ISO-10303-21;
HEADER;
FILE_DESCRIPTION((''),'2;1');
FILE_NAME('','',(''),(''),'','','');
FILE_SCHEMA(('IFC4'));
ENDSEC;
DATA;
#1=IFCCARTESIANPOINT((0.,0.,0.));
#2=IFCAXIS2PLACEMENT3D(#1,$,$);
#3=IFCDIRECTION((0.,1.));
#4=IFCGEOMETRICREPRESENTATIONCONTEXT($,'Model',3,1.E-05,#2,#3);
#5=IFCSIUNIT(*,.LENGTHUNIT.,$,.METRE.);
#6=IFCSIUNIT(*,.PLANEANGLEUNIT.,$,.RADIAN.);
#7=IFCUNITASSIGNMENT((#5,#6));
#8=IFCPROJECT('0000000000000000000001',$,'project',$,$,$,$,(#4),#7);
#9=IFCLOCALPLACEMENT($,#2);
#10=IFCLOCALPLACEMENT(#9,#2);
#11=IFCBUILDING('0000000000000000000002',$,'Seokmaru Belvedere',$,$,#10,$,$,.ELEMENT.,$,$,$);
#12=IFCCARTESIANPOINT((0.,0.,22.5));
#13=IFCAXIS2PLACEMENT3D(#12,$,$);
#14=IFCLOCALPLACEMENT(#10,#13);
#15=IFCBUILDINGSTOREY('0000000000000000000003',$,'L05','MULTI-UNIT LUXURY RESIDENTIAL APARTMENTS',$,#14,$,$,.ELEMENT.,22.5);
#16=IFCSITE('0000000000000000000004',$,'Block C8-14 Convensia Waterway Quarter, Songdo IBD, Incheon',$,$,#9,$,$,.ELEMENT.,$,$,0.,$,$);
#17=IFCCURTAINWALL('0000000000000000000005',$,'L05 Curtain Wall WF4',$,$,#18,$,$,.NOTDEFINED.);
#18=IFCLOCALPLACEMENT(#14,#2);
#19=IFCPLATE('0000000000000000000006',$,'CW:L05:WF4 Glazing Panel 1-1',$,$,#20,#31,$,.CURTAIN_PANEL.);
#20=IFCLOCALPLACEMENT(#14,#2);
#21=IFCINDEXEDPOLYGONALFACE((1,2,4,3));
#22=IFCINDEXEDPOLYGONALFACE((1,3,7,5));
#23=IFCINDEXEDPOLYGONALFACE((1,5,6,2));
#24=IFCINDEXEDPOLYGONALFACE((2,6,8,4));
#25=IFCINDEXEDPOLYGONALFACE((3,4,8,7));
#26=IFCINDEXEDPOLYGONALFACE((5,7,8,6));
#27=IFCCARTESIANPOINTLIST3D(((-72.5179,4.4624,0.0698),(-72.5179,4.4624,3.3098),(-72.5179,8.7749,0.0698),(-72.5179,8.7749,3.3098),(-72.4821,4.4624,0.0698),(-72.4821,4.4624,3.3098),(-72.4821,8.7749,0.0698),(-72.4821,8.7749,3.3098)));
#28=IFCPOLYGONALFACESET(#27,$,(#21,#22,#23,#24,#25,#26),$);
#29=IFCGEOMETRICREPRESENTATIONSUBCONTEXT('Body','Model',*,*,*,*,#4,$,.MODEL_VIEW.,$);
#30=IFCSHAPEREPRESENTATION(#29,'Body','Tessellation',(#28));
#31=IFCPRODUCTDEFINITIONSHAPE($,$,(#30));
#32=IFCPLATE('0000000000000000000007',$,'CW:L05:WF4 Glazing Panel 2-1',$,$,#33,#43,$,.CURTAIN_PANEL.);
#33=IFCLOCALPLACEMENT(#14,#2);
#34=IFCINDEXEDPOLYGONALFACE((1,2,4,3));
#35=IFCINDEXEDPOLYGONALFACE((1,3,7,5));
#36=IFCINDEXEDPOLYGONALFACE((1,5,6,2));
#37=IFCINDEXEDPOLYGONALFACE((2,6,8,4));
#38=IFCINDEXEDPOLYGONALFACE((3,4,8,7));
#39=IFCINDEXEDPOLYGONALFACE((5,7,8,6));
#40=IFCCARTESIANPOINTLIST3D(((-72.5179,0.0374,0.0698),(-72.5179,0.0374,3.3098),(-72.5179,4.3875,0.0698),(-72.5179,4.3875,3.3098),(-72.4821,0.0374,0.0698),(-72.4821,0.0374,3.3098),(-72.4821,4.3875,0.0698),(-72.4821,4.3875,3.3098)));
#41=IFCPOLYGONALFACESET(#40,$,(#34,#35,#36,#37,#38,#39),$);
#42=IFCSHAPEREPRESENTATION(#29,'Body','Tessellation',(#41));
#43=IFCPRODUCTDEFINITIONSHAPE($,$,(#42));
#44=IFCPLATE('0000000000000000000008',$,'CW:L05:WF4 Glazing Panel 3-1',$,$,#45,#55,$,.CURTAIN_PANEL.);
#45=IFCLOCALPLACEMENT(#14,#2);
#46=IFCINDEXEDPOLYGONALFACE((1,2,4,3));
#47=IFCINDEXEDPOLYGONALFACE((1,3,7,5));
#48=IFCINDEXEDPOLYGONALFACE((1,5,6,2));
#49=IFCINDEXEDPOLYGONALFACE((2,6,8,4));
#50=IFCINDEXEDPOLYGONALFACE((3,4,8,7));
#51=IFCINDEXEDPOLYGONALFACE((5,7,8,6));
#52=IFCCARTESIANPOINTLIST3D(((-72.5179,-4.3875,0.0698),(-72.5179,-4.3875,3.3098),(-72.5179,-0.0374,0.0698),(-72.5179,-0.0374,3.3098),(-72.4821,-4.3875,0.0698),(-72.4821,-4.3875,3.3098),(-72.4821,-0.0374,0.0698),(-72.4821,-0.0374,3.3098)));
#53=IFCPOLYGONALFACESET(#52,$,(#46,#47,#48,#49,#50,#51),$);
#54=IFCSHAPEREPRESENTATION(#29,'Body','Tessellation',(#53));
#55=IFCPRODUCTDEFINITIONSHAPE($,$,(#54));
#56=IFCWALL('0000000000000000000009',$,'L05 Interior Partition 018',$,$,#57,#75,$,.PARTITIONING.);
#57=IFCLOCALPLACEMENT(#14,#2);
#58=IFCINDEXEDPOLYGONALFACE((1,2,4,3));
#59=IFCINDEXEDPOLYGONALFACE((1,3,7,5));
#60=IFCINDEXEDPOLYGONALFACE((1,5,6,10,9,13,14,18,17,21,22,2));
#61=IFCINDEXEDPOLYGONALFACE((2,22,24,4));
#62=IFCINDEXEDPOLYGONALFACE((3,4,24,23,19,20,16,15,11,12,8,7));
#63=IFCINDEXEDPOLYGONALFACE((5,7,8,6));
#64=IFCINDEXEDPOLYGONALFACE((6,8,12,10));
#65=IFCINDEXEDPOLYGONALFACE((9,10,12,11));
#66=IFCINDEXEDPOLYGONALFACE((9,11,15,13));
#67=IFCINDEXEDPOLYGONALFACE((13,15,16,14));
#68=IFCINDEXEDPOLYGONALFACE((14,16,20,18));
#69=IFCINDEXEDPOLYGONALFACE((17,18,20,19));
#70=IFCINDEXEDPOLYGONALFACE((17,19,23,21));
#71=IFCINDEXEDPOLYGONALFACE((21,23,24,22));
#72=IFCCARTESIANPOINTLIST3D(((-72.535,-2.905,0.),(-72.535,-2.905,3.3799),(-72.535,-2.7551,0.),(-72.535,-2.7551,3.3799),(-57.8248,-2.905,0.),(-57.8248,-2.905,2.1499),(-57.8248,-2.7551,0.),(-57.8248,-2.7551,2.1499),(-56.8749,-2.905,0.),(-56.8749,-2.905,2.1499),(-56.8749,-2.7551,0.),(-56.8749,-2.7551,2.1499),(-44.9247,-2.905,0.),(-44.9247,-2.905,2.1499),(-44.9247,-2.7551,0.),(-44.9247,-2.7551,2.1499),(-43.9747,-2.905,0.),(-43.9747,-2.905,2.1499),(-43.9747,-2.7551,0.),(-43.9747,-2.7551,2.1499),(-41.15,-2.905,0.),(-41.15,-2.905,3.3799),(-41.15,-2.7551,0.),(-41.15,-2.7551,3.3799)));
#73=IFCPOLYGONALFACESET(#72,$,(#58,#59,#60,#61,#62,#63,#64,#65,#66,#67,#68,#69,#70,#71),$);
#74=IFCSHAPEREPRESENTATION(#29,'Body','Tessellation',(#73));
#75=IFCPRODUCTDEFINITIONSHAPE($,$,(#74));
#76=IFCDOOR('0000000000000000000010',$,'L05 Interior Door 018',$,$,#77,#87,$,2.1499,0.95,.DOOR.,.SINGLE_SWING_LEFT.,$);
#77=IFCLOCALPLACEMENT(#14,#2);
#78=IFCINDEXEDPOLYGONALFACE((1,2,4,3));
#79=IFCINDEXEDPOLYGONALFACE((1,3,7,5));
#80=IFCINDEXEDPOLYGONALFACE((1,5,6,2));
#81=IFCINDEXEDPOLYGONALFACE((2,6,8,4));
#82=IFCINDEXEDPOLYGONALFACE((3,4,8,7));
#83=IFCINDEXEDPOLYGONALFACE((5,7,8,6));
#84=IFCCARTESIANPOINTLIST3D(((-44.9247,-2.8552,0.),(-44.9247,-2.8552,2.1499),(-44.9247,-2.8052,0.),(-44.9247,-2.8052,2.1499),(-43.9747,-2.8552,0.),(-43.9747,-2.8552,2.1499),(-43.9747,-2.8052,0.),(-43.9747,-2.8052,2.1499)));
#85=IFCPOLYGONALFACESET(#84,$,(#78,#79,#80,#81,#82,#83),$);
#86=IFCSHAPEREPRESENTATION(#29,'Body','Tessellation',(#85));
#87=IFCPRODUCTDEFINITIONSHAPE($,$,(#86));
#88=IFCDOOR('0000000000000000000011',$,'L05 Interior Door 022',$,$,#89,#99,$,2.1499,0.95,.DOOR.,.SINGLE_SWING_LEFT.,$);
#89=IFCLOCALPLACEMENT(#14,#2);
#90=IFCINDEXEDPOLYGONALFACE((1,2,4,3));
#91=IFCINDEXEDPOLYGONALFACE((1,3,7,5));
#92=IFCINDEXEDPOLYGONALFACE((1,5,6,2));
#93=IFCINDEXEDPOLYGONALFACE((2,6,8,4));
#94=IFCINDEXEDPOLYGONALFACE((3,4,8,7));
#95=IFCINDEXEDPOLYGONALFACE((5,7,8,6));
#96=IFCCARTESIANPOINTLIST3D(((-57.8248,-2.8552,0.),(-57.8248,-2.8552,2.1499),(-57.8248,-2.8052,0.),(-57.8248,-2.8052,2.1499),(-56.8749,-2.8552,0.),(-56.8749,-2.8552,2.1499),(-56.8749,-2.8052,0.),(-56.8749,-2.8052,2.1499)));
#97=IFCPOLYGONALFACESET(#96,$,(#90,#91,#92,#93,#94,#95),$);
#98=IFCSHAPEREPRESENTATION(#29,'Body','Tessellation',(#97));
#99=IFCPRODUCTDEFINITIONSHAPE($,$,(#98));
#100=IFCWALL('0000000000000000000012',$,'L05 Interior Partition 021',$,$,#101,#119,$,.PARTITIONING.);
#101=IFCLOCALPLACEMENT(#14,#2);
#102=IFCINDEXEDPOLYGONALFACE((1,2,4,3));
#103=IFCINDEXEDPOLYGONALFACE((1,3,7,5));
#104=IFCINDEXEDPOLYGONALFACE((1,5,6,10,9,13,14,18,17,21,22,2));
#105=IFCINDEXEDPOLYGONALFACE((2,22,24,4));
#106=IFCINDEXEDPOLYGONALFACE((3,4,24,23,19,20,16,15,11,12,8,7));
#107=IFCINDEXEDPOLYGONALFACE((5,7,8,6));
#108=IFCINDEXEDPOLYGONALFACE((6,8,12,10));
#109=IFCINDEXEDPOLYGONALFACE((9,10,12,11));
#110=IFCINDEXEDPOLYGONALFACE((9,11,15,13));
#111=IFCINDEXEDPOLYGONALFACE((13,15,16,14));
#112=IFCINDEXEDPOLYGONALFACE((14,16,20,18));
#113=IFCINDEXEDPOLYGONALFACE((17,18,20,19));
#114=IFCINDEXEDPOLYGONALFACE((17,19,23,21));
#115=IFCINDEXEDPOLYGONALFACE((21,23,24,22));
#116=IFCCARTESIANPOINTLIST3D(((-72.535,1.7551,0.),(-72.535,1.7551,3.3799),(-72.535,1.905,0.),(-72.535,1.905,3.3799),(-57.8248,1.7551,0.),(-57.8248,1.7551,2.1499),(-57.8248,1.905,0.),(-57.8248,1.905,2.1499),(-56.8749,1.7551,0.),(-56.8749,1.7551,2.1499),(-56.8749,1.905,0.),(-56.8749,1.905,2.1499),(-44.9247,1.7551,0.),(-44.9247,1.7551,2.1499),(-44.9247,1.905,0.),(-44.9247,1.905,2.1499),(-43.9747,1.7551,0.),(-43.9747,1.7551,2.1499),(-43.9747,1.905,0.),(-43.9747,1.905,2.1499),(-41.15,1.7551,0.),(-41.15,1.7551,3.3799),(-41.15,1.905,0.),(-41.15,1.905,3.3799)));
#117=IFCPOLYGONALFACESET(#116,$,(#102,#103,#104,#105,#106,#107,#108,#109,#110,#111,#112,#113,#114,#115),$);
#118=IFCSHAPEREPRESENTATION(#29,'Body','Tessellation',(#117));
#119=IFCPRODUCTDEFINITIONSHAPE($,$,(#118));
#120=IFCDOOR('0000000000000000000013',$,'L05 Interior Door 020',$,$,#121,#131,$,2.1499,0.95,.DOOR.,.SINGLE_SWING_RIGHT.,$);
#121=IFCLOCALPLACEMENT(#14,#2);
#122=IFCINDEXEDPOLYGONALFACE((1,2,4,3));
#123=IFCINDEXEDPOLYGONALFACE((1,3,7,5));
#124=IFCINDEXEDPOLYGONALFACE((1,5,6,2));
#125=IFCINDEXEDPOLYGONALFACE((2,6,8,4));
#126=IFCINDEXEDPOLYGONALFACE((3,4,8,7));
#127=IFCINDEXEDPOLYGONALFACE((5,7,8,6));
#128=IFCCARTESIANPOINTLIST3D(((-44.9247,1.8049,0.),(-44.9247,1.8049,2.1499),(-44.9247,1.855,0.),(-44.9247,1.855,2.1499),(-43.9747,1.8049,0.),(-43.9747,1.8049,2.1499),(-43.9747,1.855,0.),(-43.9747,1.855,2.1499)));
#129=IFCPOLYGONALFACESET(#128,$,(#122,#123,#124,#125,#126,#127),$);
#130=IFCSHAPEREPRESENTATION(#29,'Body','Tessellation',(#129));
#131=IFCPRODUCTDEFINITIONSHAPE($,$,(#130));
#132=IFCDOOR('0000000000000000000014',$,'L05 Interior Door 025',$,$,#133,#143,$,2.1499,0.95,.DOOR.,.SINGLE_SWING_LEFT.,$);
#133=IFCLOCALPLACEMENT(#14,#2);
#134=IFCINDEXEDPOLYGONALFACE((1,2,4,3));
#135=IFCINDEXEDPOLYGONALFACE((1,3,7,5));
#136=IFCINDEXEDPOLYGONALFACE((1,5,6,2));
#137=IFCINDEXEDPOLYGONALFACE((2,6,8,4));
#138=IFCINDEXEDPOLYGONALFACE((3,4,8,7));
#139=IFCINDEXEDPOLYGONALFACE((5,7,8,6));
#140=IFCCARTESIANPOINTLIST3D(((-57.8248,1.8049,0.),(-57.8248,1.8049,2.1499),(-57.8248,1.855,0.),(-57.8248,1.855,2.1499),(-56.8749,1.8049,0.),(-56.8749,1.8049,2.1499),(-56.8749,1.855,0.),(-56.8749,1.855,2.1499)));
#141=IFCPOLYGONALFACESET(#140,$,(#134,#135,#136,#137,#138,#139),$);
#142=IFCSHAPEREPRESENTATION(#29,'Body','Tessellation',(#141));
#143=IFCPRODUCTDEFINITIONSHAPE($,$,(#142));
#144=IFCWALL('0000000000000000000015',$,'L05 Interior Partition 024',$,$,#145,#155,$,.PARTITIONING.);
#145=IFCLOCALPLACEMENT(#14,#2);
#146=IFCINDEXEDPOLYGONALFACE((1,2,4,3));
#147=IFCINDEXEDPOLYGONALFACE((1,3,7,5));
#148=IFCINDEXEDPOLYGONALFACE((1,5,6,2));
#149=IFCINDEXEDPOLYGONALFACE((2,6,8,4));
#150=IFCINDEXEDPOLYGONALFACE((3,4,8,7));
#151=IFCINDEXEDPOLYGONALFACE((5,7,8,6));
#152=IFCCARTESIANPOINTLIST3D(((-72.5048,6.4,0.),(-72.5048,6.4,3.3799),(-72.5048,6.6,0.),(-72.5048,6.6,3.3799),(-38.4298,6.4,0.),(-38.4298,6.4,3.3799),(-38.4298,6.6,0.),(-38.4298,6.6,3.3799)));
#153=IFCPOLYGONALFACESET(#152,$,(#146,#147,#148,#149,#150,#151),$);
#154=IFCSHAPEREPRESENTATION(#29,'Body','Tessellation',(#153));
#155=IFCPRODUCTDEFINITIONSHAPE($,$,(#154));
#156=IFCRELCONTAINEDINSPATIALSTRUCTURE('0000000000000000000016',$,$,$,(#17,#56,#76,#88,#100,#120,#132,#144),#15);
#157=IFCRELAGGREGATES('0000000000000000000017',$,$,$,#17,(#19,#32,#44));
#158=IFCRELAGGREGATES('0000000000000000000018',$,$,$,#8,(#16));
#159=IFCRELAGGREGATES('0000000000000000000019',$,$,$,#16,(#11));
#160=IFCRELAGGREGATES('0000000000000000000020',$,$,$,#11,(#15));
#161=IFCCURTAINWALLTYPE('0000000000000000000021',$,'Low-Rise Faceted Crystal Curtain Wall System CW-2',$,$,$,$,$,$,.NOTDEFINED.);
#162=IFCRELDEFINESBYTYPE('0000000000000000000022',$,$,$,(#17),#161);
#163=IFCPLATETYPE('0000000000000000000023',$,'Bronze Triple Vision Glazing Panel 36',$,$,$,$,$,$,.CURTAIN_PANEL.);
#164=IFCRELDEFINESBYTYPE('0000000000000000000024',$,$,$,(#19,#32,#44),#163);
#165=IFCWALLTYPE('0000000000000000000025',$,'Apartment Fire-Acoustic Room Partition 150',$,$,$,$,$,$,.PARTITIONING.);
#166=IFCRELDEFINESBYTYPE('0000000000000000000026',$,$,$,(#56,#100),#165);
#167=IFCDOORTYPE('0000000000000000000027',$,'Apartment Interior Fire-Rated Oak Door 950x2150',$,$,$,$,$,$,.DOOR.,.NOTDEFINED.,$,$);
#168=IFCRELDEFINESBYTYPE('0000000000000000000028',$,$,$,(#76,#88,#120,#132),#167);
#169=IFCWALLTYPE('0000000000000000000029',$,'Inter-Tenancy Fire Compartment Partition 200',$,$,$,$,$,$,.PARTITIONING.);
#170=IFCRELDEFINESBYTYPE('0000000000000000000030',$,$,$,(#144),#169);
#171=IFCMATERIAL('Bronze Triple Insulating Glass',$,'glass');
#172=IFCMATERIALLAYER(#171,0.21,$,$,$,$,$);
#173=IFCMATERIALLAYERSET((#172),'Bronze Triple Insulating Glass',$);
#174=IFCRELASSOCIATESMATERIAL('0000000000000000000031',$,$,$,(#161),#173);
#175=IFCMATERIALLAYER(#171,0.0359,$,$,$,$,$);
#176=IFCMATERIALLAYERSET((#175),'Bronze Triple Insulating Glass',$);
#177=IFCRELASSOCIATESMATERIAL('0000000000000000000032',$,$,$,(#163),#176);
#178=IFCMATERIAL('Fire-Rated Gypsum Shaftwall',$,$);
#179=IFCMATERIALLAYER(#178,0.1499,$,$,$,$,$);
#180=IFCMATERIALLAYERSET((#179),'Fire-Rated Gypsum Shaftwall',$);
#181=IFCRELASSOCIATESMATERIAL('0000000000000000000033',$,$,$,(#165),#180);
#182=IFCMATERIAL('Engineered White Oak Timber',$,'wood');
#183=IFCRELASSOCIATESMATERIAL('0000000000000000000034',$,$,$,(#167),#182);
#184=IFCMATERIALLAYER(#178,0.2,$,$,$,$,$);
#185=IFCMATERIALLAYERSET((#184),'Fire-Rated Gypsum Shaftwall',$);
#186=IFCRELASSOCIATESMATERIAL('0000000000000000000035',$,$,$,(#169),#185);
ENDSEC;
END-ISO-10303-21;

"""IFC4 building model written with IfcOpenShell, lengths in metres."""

from ifc_helpers import new_model, si_unit, direction, frame, frame_2d, origin, origin_2d, place, context, subcontext, project, spatial, rectangle, extrude, source, transform, mapped, material, layer, layer_set, type_object, type_shapes, element, fill, aggregate, save


model = new_model("IFC4")

# Units and contexts
model_context = context("Model", 3, precision=1e-05, world=origin(), true_north=direction((0.0, 1.0)))
body_context = subcontext(model_context, "Body", "Model", "MODEL_VIEW")
ifc_project = project(units=[si_unit("LENGTHUNIT", "METRE"), si_unit("PLANEANGLEUNIT", "RADIAN")], contexts=[model_context])

# Site, building, storey
site_placement = place(None, origin())
site = spatial("IfcSite", under=ifc_project, at=site_placement, Name="Block C8-14 Convensia Waterway Quarter, Songdo IBD, Incheon", CompositionType="ELEMENT", RefElevation=0.0)
building_placement = place(site_placement, origin())
building = spatial("IfcBuilding", under=site, at=building_placement, Name="Seokmaru Belvedere", CompositionType="ELEMENT")
storey_placement = place(building_placement, frame((0.0, 0.0, 22.5)))
storey = spatial("IfcBuildingStorey", under=building, at=storey_placement, Name="L05", Description="MULTI-UNIT LUXURY RESIDENTIAL APARTMENTS", CompositionType="ELEMENT", Elevation=22.5)

# Curtain wall, plates
ifc_material_1 = material(Name="Bronze Triple Insulating Glass", Category="glass")
ifc_layer_1 = layer(ifc_material_1, 0.21)
ifc_layer_set_1 = layer_set([ifc_layer_1], Name="Bronze Triple Insulating Glass")
curtain_wall_type = type_object("IfcCurtainWallType", Name="Low-Rise Faceted Crystal Curtain Wall System CW-2", PredefinedType="NOTDEFINED", material=ifc_layer_set_1)
curtain_wall_placement = place(storey_placement, origin())
curtain_wall = element("IfcCurtainWall", 1, at=curtain_wall_placement, inside=storey, type_object=curtain_wall_type, Name="L05 Curtain Wall WF4", PredefinedType="NOTDEFINED")
ifc_layer_2 = layer(ifc_material_1, 0.0359)
ifc_layer_set_2 = layer_set([ifc_layer_2], Name="Bronze Triple Insulating Glass")
plate_type = type_object("IfcPlateType", Name="Bronze Triple Vision Glazing Panel 36", PredefinedType="CURTAIN_PANEL", material=ifc_layer_set_2)
shared_shape_1 = source(origin(), body_context, "Body", "SweptSolid", [
    extrude(rectangle(XDim=4.3125, YDim=0.0359, at=origin_2d()), origin(), (0.0, 0.0, 1.0), 3.24),
])
plate_1_placement = place(storey_placement, frame((-72.5, 6.6187, 0.0698), z_axis=(0.0, 0.0, 1.0), x_axis=(0.0, -1.0, 0.0)))
plate_1 = element("IfcPlate", 2, at=plate_1_placement, type_object=plate_type, Name="CW:L05:WF4 Glazing Panel 1-1", PredefinedType="CURTAIN_PANEL", context=body_context, shape_type="MappedRepresentation", body=[
    mapped(shared_shape_1, transform((0.0, 0.0, 0.0), scale=1.0)),
])
shared_shape_2 = source(origin(), body_context, "Body", "SweptSolid", [
    extrude(rectangle(XDim=4.3501, YDim=0.0359, at=origin_2d()), origin(), (0.0, 0.0, 1.0), 3.24),
])
type_shapes(plate_type, [shared_shape_1, shared_shape_2])
plate_2_placement = place(storey_placement, frame((-72.5, 2.2124, 0.0698), z_axis=(0.0, 0.0, 1.0), x_axis=(0.0, -1.0, 0.0)))
plate_2 = element("IfcPlate", 3, at=plate_2_placement, type_object=plate_type, Name="CW:L05:WF4 Glazing Panel 2-1", PredefinedType="CURTAIN_PANEL", context=body_context, shape_type="MappedRepresentation", body=[
    mapped(shared_shape_2, transform((0.0, 0.0, 0.0), scale=1.0)),
])
plate_3_placement = place(storey_placement, frame((-72.5, -2.2124, 0.0698), z_axis=(0.0, 0.0, 1.0), x_axis=(0.0, -1.0, 0.0)))
plate_3 = element("IfcPlate", 4, at=plate_3_placement, type_object=plate_type, Name="CW:L05:WF4 Glazing Panel 3-1", PredefinedType="CURTAIN_PANEL", context=body_context, shape_type="MappedRepresentation", body=[
    mapped(shared_shape_2, transform((0.0, 0.0, 0.0), scale=1.0)),
])
aggregate(curtain_wall, [plate_1, plate_2, plate_3])

# Walls, openings, doors
ifc_material_2 = material(Name="Fire-Rated Gypsum Shaftwall")
ifc_layer_3 = layer(ifc_material_2, 0.1499)
ifc_layer_set_3 = layer_set([ifc_layer_3], Name="Fire-Rated Gypsum Shaftwall")
wall_type_1 = type_object("IfcWallType", Name="Apartment Fire-Acoustic Room Partition 150", PredefinedType="PARTITIONING", material=ifc_layer_set_3)
wall_1_placement = place(storey_placement, frame((-72.5349, -2.8301, 0.0), z_axis=(0.0, 0.0, 1.0), x_axis=(1.0, 0.0, 0.0)))
wall_1 = element("IfcWall", 5, at=wall_1_placement, inside=storey, type_object=wall_type_1, Name="L05 Interior Partition 018", PredefinedType="PARTITIONING", context=body_context, shape_type="SweptSolid", body=[
    extrude(rectangle(XDim=31.385, YDim=0.1499, at=frame_2d((15.6924, 0.0))), origin(), (0.0, 0.0, 1.0), 3.3799),
])
opening_1_placement = place(wall_1_placement, frame((27.6101, 0.0, 0.0)))
opening_1 = element("IfcOpeningElement", 6, at=opening_1_placement, cuts=wall_1, PredefinedType="OPENING", context=body_context, shape_type="SweptSolid", body=[
    extrude(rectangle(XDim=0.95, YDim=2.1499, at=frame_2d((0.4751, 1.075))), frame((0.0, 0.085, 0.0), z_axis=(0.0, -1.0, 0.0), x_axis=(1.0, 0.0, 0.0)), (0.0, 0.0, 1.0), 0.1699),
])
opening_2_placement = place(wall_1_placement, frame((14.71, 0.0, 0.0)))
opening_2 = element("IfcOpeningElement", 7, at=opening_2_placement, cuts=wall_1, PredefinedType="OPENING", context=body_context, shape_type="SweptSolid", body=[
    extrude(rectangle(XDim=0.95, YDim=2.1499, at=frame_2d((0.4751, 1.075))), frame((0.0, 0.085, 0.0), z_axis=(0.0, -1.0, 0.0), x_axis=(1.0, 0.0, 0.0)), (0.0, 0.0, 1.0), 0.1699),
])
ifc_material_3 = material(Name="Engineered White Oak Timber", Category="wood")
door_type = type_object("IfcDoorType", Name="Apartment Interior Fire-Rated Oak Door 950x2150", OperationType="NOTDEFINED", PredefinedType="DOOR", material=ifc_material_3)
shared_shape_3 = source(origin(), body_context, "Body", "SweptSolid", [
    extrude(rectangle(XDim=0.95, YDim=2.1499, at=frame_2d((0.4751, 1.075))), frame((0.0, 0.0249, 0.0), z_axis=(0.0, -1.0, 0.0), x_axis=(1.0, 0.0, 0.0)), (0.0, 0.0, 1.0), 0.05),
])
type_shapes(door_type, [shared_shape_3])
door_1_placement = place(opening_1_placement, origin())
door_1 = element("IfcDoor", 8, at=door_1_placement, inside=storey, type_object=door_type, Name="L05 Interior Door 018", OperationType="SINGLE_SWING_LEFT", OverallHeight=2.1499, OverallWidth=0.95, PredefinedType="DOOR", context=body_context, shape_type="MappedRepresentation", body=[
    mapped(shared_shape_3, transform((0.0, 0.0, 0.0), scale=1.0)),
])
fill(opening_1, door_1)
door_2_placement = place(opening_2_placement, origin())
door_2 = element("IfcDoor", 9, at=door_2_placement, inside=storey, type_object=door_type, Name="L05 Interior Door 022", OperationType="SINGLE_SWING_LEFT", OverallHeight=2.1499, OverallWidth=0.95, PredefinedType="DOOR", context=body_context, shape_type="MappedRepresentation", body=[
    mapped(shared_shape_3, transform((0.0, 0.0, 0.0), scale=1.0)),
])
fill(opening_2, door_2)
wall_2_placement = place(storey_placement, frame((-72.5349, 1.8301, 0.0), z_axis=(0.0, 0.0, 1.0), x_axis=(1.0, 0.0, 0.0)))
wall_2 = element("IfcWall", 10, at=wall_2_placement, inside=storey, type_object=wall_type_1, Name="L05 Interior Partition 021", PredefinedType="PARTITIONING", context=body_context, shape_type="SweptSolid", body=[
    extrude(rectangle(XDim=31.385, YDim=0.1499, at=frame_2d((15.6924, 0.0))), origin(), (0.0, 0.0, 1.0), 3.3799),
])
opening_3_placement = place(wall_2_placement, frame((27.6101, 0.0, 0.0)))
opening_3 = element("IfcOpeningElement", 11, at=opening_3_placement, cuts=wall_2, PredefinedType="OPENING", context=body_context, shape_type="SweptSolid", body=[
    extrude(rectangle(XDim=0.95, YDim=2.1499, at=frame_2d((0.4751, 1.075))), frame((0.0, 0.085, 0.0), z_axis=(0.0, -1.0, 0.0), x_axis=(1.0, 0.0, 0.0)), (0.0, 0.0, 1.0), 0.1699),
])
opening_4_placement = place(wall_2_placement, frame((14.71, 0.0, 0.0)))
opening_4 = element("IfcOpeningElement", 12, at=opening_4_placement, cuts=wall_2, PredefinedType="OPENING", context=body_context, shape_type="SweptSolid", body=[
    extrude(rectangle(XDim=0.95, YDim=2.1499, at=frame_2d((0.4751, 1.075))), frame((0.0, 0.085, 0.0), z_axis=(0.0, -1.0, 0.0), x_axis=(1.0, 0.0, 0.0)), (0.0, 0.0, 1.0), 0.1699),
])
door_3_placement = place(opening_3_placement, origin())
door_3 = element("IfcDoor", 13, at=door_3_placement, inside=storey, type_object=door_type, Name="L05 Interior Door 020", OperationType="SINGLE_SWING_RIGHT", OverallHeight=2.1499, OverallWidth=0.95, PredefinedType="DOOR", context=body_context, shape_type="MappedRepresentation", body=[
    mapped(shared_shape_3, transform((0.0, 0.0, 0.0), scale=1.0)),
])
fill(opening_3, door_3)
door_4_placement = place(opening_4_placement, origin())
door_4 = element("IfcDoor", 14, at=door_4_placement, inside=storey, type_object=door_type, Name="L05 Interior Door 025", OperationType="SINGLE_SWING_LEFT", OverallHeight=2.1499, OverallWidth=0.95, PredefinedType="DOOR", context=body_context, shape_type="MappedRepresentation", body=[
    mapped(shared_shape_3, transform((0.0, 0.0, 0.0), scale=1.0)),
])
fill(opening_4, door_4)

# Wall
ifc_layer_4 = layer(ifc_material_2, 0.2)
ifc_layer_set_4 = layer_set([ifc_layer_4], Name="Fire-Rated Gypsum Shaftwall")
wall_type_2 = type_object("IfcWallType", Name="Inter-Tenancy Fire Compartment Partition 200", PredefinedType="PARTITIONING", material=ifc_layer_set_4)
wall_3_placement = place(storey_placement, frame((-72.5049, 6.5, 0.0), z_axis=(0.0, 0.0, 1.0), x_axis=(1.0, 0.0, 0.0)))
element("IfcWall", 15, at=wall_3_placement, inside=storey, type_object=wall_type_2, Name="L05 Interior Partition 024", PredefinedType="PARTITIONING", context=body_context, shape_type="SweptSolid", body=[
    extrude(rectangle(XDim=34.075, YDim=0.2, at=frame_2d((17.0376, 0.0))), origin(), (0.0, 0.0, 1.0), 3.3799),
])

save(model, "model.ifc")
